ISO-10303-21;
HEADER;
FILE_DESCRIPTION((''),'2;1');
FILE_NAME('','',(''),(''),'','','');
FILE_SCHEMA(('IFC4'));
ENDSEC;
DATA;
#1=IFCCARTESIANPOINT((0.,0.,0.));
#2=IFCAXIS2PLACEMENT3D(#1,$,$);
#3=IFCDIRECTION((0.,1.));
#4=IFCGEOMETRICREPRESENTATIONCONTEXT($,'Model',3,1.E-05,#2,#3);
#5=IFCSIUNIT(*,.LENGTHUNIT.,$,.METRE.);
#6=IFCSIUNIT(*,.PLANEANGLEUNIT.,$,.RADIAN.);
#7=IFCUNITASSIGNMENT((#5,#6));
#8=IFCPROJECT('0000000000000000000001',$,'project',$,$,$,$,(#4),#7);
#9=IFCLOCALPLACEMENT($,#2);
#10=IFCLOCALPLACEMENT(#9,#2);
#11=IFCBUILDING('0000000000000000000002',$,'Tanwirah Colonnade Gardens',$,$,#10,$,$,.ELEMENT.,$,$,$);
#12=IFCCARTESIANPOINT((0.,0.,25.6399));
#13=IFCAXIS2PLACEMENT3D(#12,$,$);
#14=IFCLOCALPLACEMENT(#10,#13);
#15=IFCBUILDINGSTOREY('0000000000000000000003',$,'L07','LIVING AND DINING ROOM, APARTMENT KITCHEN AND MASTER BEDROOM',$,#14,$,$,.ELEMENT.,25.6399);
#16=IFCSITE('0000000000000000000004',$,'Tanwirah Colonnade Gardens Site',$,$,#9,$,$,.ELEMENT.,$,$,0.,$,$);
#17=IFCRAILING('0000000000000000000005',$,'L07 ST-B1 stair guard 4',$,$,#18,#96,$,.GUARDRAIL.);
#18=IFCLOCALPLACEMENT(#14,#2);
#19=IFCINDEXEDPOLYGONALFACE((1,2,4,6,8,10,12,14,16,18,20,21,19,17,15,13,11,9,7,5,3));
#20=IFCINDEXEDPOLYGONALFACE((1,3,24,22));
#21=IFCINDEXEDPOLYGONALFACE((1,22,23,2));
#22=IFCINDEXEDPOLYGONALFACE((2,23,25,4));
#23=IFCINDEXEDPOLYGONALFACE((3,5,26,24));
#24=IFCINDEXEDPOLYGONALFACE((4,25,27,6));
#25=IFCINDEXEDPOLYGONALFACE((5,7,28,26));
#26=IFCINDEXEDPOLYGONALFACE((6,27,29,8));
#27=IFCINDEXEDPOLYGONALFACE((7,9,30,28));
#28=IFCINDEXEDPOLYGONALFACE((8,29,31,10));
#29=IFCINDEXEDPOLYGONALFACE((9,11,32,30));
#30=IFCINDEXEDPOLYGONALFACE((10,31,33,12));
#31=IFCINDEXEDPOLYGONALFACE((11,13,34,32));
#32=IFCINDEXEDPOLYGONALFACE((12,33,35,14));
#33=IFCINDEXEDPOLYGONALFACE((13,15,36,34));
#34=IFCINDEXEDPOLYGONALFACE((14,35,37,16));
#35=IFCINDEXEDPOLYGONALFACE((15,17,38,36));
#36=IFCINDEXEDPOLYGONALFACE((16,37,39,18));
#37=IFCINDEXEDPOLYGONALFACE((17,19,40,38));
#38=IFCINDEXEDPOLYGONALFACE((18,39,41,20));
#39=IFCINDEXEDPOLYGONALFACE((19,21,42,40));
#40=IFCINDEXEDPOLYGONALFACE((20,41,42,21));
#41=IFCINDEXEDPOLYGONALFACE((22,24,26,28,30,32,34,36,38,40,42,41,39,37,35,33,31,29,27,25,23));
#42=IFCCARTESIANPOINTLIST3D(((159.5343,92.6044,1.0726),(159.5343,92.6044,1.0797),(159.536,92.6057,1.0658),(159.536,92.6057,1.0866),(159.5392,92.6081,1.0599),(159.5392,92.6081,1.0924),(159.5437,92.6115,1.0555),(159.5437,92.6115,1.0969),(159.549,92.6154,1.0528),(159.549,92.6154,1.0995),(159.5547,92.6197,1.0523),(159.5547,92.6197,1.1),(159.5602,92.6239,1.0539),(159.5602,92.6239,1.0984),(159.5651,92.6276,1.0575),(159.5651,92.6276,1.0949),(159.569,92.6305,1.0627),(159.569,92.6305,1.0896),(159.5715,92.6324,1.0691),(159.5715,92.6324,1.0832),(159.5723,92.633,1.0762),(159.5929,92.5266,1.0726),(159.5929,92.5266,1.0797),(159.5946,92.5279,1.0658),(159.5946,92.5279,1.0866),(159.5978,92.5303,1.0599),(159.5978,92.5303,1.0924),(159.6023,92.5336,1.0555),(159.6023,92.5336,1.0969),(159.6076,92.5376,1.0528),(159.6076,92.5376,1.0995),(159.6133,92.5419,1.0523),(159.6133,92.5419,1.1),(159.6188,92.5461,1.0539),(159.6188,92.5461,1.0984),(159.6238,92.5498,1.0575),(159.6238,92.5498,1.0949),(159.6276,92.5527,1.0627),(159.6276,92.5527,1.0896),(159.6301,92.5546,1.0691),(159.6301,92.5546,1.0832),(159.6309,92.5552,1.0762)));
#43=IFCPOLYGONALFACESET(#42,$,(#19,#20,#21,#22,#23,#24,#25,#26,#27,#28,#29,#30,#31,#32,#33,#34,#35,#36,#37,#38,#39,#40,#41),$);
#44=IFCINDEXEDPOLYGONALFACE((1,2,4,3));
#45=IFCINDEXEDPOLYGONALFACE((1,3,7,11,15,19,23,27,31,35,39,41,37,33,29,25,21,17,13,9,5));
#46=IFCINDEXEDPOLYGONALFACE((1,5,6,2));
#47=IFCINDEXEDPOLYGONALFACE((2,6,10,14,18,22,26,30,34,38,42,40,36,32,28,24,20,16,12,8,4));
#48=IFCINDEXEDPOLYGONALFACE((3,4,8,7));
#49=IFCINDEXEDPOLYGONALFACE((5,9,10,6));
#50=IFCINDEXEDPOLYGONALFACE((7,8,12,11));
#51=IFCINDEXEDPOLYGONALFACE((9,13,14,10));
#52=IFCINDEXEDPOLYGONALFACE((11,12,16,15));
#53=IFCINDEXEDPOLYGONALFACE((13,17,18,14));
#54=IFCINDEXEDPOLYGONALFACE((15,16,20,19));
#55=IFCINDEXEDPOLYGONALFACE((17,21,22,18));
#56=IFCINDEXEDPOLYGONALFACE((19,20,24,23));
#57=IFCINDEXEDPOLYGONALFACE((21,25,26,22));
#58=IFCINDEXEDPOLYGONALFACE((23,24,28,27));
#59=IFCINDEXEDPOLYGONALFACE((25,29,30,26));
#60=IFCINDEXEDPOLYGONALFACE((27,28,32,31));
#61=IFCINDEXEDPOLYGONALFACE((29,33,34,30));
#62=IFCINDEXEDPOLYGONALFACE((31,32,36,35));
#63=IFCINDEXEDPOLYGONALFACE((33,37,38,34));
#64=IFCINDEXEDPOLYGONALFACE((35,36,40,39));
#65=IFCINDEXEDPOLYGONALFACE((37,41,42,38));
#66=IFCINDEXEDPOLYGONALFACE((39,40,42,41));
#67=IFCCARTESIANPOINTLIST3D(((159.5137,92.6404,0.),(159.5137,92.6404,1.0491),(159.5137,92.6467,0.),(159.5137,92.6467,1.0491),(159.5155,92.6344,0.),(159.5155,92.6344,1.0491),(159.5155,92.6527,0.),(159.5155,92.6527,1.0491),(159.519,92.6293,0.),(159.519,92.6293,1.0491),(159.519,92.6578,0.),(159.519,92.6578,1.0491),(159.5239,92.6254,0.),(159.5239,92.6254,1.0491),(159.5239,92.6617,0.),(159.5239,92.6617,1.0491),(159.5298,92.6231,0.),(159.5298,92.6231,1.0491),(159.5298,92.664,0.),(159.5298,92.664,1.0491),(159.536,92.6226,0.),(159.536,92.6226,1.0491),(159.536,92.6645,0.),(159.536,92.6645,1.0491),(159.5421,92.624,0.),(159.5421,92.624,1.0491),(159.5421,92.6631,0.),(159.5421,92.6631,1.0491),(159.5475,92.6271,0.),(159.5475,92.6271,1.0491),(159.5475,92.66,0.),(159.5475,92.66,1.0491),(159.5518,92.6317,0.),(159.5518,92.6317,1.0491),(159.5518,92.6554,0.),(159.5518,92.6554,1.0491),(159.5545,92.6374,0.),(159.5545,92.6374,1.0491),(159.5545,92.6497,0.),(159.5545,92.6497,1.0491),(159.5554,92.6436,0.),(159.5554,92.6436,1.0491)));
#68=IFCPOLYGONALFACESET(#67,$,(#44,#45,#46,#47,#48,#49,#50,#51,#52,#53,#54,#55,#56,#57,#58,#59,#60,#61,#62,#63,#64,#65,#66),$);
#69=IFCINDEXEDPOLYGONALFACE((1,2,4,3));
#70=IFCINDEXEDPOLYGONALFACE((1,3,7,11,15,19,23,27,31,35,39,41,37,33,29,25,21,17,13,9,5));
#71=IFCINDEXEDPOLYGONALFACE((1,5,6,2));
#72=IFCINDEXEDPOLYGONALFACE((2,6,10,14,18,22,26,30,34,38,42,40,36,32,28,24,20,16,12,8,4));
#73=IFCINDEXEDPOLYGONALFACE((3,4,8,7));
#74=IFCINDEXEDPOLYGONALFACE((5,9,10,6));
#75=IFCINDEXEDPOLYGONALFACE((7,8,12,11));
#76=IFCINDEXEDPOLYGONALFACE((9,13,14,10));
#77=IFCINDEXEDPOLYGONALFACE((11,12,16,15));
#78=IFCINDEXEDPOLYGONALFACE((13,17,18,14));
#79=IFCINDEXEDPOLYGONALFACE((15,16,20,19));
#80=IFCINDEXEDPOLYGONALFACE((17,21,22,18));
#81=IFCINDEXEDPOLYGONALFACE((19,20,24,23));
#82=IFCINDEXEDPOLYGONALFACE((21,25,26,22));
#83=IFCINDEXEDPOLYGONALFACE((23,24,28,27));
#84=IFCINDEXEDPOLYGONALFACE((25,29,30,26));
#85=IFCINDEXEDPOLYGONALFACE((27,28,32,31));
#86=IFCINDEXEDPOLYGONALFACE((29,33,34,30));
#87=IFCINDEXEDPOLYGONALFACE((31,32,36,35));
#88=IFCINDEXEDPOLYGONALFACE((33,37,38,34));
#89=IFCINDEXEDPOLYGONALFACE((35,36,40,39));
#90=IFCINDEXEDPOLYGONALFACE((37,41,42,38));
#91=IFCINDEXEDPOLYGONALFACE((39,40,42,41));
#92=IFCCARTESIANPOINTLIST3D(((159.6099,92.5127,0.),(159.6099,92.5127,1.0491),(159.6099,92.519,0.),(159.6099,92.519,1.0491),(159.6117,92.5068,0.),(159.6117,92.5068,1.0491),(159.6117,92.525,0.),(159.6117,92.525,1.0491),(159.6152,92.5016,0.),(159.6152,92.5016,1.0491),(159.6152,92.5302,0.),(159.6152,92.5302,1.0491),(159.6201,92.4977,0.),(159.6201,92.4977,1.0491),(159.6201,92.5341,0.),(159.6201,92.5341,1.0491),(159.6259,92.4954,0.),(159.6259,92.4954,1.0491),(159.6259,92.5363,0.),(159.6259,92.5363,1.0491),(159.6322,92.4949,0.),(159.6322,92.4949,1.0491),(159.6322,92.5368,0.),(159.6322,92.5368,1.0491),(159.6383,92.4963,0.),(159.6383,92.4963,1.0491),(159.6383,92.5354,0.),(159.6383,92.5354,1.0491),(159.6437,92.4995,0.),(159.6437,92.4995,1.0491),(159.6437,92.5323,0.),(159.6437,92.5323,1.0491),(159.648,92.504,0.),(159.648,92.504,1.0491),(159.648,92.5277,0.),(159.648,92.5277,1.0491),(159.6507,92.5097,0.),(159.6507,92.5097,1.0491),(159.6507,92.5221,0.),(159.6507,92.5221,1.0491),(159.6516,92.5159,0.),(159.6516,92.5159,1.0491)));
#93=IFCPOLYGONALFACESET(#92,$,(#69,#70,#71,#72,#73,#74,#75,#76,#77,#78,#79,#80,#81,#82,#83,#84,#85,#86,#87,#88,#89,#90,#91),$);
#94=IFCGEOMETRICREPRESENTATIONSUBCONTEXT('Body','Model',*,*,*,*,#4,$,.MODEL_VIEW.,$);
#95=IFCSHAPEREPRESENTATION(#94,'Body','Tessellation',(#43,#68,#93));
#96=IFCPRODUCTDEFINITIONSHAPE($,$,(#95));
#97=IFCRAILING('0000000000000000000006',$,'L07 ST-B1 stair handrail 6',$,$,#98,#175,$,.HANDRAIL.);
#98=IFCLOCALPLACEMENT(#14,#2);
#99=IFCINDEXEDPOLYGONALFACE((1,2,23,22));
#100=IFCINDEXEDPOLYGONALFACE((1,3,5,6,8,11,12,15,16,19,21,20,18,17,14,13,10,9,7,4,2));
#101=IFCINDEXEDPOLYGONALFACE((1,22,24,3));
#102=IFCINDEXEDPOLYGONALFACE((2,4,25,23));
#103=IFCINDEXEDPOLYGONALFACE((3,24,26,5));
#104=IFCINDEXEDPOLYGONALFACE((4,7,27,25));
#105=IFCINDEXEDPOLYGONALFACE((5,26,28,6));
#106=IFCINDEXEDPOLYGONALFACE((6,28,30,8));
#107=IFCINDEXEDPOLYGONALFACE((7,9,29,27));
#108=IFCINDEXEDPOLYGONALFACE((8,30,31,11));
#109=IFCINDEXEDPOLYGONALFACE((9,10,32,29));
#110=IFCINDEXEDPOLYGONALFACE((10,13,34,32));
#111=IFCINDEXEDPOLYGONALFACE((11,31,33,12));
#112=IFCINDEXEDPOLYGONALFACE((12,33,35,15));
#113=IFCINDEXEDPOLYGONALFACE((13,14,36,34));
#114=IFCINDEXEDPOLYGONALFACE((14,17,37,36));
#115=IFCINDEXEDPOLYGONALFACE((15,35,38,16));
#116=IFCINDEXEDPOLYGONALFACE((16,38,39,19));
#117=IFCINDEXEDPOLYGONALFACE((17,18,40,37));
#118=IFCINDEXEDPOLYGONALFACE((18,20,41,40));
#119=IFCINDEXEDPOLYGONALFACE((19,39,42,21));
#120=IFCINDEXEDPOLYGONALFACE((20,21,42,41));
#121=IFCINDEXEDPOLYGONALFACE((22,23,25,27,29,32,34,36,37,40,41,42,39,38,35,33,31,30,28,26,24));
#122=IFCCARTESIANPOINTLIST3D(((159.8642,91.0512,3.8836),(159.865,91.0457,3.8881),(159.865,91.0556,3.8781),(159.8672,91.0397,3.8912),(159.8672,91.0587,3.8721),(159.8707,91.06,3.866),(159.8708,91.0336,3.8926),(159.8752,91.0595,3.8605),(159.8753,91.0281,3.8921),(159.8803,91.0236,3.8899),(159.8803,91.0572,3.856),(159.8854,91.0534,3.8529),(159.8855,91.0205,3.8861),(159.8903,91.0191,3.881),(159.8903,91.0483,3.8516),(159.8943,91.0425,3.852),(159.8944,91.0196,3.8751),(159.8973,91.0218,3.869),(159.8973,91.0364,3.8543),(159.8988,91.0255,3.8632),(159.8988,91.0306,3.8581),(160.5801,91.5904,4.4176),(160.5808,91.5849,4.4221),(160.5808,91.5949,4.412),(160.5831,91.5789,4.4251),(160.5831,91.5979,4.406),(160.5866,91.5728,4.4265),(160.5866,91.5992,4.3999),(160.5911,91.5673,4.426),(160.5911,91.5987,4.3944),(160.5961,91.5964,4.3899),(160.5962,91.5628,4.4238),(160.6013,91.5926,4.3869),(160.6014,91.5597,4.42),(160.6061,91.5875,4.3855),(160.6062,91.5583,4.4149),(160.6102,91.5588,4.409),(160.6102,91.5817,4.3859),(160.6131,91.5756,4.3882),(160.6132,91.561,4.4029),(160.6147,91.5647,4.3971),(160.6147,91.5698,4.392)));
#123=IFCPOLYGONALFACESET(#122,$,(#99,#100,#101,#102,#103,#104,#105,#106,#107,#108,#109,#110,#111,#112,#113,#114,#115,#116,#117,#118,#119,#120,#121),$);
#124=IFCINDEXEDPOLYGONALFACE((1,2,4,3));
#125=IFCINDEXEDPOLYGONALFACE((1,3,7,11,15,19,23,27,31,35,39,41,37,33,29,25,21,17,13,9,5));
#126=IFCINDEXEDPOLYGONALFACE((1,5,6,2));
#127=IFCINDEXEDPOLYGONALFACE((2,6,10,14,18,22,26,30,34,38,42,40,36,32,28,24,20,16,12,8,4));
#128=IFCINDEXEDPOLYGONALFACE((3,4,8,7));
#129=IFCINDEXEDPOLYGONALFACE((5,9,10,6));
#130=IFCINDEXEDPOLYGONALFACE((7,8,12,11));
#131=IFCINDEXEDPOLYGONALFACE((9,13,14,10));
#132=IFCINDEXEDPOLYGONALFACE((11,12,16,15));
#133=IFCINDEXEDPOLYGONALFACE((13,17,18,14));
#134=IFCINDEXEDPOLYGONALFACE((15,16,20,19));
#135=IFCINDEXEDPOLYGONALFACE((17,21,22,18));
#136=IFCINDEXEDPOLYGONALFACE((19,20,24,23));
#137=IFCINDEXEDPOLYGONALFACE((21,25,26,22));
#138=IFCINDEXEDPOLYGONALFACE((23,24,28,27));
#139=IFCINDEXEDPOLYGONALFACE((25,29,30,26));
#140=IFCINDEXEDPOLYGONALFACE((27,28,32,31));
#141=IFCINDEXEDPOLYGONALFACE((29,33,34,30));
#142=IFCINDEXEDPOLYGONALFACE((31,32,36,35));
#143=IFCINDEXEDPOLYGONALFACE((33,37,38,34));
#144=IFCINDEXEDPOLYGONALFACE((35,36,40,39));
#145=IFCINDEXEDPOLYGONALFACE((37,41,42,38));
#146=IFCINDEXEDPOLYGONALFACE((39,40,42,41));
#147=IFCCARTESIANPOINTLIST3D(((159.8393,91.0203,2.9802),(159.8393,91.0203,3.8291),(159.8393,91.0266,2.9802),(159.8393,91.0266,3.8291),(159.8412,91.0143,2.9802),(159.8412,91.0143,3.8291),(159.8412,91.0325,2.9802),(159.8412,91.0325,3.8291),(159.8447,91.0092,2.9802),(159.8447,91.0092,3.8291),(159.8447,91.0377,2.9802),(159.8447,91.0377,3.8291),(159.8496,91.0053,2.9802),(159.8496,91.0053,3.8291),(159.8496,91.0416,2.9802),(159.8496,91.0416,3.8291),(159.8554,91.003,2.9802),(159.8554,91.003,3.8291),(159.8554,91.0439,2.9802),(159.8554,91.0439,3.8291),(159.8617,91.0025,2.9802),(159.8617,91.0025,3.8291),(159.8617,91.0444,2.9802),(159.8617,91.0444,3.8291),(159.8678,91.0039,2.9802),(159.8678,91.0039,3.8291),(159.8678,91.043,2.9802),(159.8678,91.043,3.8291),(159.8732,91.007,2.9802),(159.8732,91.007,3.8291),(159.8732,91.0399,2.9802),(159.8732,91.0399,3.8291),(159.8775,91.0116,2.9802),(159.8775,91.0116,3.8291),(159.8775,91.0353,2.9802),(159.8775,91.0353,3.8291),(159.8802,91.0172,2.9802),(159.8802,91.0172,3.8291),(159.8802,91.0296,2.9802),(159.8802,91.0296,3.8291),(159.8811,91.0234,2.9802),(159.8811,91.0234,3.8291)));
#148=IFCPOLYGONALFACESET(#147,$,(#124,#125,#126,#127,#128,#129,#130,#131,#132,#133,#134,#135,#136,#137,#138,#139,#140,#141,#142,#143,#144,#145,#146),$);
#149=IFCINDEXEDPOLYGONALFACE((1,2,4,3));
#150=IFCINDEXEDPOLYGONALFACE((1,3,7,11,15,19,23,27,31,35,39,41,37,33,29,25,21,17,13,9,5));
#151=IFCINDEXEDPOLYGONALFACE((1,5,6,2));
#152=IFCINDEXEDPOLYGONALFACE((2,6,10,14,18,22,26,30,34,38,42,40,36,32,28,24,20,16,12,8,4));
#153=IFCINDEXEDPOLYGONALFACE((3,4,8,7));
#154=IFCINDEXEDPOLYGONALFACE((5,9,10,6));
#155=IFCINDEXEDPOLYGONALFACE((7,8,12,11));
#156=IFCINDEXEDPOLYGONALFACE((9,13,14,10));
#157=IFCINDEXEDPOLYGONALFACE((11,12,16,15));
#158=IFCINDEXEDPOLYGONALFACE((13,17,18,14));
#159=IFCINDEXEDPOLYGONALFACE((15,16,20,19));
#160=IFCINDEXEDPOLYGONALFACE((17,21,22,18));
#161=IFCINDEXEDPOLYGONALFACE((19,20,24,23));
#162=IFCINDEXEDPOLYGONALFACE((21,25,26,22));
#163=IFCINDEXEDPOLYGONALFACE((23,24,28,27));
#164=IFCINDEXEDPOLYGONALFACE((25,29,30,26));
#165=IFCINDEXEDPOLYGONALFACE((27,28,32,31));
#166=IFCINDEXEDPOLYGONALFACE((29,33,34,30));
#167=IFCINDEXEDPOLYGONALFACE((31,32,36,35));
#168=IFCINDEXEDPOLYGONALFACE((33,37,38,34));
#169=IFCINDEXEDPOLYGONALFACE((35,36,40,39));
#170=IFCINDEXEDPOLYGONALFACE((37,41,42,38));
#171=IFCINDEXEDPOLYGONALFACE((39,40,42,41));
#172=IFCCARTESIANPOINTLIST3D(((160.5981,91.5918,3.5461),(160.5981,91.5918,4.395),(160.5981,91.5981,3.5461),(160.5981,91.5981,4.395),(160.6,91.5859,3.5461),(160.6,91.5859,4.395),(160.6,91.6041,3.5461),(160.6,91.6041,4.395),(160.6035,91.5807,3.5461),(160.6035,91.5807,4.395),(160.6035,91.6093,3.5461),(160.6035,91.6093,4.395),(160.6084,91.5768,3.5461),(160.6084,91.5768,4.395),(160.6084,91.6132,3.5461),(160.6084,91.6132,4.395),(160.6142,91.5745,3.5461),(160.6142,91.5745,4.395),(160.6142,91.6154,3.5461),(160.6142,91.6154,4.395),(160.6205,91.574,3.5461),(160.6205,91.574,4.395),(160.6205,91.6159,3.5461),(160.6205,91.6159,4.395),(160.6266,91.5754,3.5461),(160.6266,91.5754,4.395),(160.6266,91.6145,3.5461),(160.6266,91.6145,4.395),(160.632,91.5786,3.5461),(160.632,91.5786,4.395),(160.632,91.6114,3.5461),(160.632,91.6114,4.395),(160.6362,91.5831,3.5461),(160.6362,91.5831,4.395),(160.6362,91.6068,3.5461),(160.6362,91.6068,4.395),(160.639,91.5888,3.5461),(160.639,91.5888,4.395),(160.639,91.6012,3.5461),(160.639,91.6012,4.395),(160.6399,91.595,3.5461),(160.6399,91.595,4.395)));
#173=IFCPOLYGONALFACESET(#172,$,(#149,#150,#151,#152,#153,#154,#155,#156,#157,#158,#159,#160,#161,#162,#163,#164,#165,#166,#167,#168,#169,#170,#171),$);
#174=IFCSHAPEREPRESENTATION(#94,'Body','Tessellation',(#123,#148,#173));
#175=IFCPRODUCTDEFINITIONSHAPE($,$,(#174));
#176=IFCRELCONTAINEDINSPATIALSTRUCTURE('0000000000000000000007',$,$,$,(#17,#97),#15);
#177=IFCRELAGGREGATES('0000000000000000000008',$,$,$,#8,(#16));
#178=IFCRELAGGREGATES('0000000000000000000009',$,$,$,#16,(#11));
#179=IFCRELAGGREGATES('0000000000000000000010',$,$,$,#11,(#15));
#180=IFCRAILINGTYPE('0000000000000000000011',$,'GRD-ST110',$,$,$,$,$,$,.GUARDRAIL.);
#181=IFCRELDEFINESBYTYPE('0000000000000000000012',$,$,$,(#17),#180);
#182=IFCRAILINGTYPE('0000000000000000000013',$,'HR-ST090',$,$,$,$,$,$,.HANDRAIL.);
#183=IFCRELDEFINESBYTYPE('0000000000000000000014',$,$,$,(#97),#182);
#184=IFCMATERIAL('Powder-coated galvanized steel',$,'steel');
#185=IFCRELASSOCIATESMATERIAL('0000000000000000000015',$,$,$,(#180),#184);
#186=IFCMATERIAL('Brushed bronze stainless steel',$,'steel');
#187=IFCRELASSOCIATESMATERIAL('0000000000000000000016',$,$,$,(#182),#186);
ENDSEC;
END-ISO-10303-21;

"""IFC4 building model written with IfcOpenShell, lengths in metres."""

from ifc_helpers import new_model, si_unit, direction, frame, origin, origin_2d, place, context, subcontext, project, spatial, circle, extrude, material, type_object, element, save


model = new_model("IFC4")

# Units and contexts
model_context = context("Model", 3, precision=1e-05, world=origin(), true_north=direction((0.0, 1.0)))
body_context = subcontext(model_context, "Body", "Model", "MODEL_VIEW")
ifc_project = project(units=[si_unit("LENGTHUNIT", "METRE"), si_unit("PLANEANGLEUNIT", "RADIAN")], contexts=[model_context])

# Site, building, storey
site_placement = place(None, origin())
site = spatial("IfcSite", under=ifc_project, at=site_placement, Name="Tanwirah Colonnade Gardens Site", CompositionType="ELEMENT", RefElevation=0.0)
building_placement = place(site_placement, origin())
building = spatial("IfcBuilding", under=site, at=building_placement, Name="Tanwirah Colonnade Gardens", CompositionType="ELEMENT")
storey_placement = place(building_placement, frame((0.0, 0.0, 25.6399)))
storey = spatial("IfcBuildingStorey", under=building, at=storey_placement, Name="L07", Description="LIVING AND DINING ROOM, APARTMENT KITCHEN AND MASTER BEDROOM", CompositionType="ELEMENT", Elevation=25.6399)

# Railings
ifc_material_1 = material(Name="Powder-coated galvanized steel", Category="steel")
railing_type_1 = type_object("IfcRailingType", Name="GRD-ST110", PredefinedType="GUARDRAIL", material=ifc_material_1)
railing_1_placement = place(storey_placement, frame((159.5344, 92.6436, 0.0)))
element("IfcRailing", 1, at=railing_1_placement, inside=storey, type_object=railing_type_1, Name="L07 ST-B1 stair guard 4", PredefinedType="GUARDRAIL", context=body_context, shape_type="SweptSolid", body=[
    extrude(circle(Radius=0.0239, at=origin_2d()), frame((0.0188, -0.0249, 1.0762), z_axis=(0.601709, -0.798715, 0.0), x_axis=(0.798715, 0.601709, 0.0)), (0.0, 0.0, 1.0), 0.0974),
    extrude(circle(Radius=0.021, at=origin_2d()), origin(), (0.0, 0.0, 1.0), 1.0491),
    extrude(circle(Radius=0.021, at=origin_2d()), frame((0.0962, -0.1277, 0.0)), (0.0, 0.0, 1.0), 1.0491),
])
ifc_material_2 = material(Name="Brushed bronze stainless steel", Category="steel")
railing_type_2 = type_object("IfcRailingType", Name="HR-ST090", PredefinedType="HANDRAIL", material=ifc_material_2)
railing_2_placement = place(storey_placement, frame((159.8601, 91.0234, 2.9802)))
element("IfcRailing", 2, at=railing_2_placement, inside=storey, type_object=railing_type_2, Name="L07 ST-B1 stair handrail 6", PredefinedType="HANDRAIL", context=body_context, shape_type="SweptSolid", body=[
    extrude(circle(Radius=0.0239, at=origin_2d()), frame((0.0215, 0.0161, 0.8918), z_axis=(0.686224, 0.516876, 0.511797), x_axis=(-0.601644, 0.798765, 0.0)), (0.0, 0.0, 1.0), 1.0432),
    extrude(circle(Radius=0.021, at=origin_2d()), origin(), (0.0, 0.0, 1.0), 0.8489),
    extrude(circle(Radius=0.021, at=origin_2d()), frame((0.7588, 0.5715, 0.5659)), (0.0, 0.0, 1.0), 0.8489),
])

save(model, "model.ifc")
